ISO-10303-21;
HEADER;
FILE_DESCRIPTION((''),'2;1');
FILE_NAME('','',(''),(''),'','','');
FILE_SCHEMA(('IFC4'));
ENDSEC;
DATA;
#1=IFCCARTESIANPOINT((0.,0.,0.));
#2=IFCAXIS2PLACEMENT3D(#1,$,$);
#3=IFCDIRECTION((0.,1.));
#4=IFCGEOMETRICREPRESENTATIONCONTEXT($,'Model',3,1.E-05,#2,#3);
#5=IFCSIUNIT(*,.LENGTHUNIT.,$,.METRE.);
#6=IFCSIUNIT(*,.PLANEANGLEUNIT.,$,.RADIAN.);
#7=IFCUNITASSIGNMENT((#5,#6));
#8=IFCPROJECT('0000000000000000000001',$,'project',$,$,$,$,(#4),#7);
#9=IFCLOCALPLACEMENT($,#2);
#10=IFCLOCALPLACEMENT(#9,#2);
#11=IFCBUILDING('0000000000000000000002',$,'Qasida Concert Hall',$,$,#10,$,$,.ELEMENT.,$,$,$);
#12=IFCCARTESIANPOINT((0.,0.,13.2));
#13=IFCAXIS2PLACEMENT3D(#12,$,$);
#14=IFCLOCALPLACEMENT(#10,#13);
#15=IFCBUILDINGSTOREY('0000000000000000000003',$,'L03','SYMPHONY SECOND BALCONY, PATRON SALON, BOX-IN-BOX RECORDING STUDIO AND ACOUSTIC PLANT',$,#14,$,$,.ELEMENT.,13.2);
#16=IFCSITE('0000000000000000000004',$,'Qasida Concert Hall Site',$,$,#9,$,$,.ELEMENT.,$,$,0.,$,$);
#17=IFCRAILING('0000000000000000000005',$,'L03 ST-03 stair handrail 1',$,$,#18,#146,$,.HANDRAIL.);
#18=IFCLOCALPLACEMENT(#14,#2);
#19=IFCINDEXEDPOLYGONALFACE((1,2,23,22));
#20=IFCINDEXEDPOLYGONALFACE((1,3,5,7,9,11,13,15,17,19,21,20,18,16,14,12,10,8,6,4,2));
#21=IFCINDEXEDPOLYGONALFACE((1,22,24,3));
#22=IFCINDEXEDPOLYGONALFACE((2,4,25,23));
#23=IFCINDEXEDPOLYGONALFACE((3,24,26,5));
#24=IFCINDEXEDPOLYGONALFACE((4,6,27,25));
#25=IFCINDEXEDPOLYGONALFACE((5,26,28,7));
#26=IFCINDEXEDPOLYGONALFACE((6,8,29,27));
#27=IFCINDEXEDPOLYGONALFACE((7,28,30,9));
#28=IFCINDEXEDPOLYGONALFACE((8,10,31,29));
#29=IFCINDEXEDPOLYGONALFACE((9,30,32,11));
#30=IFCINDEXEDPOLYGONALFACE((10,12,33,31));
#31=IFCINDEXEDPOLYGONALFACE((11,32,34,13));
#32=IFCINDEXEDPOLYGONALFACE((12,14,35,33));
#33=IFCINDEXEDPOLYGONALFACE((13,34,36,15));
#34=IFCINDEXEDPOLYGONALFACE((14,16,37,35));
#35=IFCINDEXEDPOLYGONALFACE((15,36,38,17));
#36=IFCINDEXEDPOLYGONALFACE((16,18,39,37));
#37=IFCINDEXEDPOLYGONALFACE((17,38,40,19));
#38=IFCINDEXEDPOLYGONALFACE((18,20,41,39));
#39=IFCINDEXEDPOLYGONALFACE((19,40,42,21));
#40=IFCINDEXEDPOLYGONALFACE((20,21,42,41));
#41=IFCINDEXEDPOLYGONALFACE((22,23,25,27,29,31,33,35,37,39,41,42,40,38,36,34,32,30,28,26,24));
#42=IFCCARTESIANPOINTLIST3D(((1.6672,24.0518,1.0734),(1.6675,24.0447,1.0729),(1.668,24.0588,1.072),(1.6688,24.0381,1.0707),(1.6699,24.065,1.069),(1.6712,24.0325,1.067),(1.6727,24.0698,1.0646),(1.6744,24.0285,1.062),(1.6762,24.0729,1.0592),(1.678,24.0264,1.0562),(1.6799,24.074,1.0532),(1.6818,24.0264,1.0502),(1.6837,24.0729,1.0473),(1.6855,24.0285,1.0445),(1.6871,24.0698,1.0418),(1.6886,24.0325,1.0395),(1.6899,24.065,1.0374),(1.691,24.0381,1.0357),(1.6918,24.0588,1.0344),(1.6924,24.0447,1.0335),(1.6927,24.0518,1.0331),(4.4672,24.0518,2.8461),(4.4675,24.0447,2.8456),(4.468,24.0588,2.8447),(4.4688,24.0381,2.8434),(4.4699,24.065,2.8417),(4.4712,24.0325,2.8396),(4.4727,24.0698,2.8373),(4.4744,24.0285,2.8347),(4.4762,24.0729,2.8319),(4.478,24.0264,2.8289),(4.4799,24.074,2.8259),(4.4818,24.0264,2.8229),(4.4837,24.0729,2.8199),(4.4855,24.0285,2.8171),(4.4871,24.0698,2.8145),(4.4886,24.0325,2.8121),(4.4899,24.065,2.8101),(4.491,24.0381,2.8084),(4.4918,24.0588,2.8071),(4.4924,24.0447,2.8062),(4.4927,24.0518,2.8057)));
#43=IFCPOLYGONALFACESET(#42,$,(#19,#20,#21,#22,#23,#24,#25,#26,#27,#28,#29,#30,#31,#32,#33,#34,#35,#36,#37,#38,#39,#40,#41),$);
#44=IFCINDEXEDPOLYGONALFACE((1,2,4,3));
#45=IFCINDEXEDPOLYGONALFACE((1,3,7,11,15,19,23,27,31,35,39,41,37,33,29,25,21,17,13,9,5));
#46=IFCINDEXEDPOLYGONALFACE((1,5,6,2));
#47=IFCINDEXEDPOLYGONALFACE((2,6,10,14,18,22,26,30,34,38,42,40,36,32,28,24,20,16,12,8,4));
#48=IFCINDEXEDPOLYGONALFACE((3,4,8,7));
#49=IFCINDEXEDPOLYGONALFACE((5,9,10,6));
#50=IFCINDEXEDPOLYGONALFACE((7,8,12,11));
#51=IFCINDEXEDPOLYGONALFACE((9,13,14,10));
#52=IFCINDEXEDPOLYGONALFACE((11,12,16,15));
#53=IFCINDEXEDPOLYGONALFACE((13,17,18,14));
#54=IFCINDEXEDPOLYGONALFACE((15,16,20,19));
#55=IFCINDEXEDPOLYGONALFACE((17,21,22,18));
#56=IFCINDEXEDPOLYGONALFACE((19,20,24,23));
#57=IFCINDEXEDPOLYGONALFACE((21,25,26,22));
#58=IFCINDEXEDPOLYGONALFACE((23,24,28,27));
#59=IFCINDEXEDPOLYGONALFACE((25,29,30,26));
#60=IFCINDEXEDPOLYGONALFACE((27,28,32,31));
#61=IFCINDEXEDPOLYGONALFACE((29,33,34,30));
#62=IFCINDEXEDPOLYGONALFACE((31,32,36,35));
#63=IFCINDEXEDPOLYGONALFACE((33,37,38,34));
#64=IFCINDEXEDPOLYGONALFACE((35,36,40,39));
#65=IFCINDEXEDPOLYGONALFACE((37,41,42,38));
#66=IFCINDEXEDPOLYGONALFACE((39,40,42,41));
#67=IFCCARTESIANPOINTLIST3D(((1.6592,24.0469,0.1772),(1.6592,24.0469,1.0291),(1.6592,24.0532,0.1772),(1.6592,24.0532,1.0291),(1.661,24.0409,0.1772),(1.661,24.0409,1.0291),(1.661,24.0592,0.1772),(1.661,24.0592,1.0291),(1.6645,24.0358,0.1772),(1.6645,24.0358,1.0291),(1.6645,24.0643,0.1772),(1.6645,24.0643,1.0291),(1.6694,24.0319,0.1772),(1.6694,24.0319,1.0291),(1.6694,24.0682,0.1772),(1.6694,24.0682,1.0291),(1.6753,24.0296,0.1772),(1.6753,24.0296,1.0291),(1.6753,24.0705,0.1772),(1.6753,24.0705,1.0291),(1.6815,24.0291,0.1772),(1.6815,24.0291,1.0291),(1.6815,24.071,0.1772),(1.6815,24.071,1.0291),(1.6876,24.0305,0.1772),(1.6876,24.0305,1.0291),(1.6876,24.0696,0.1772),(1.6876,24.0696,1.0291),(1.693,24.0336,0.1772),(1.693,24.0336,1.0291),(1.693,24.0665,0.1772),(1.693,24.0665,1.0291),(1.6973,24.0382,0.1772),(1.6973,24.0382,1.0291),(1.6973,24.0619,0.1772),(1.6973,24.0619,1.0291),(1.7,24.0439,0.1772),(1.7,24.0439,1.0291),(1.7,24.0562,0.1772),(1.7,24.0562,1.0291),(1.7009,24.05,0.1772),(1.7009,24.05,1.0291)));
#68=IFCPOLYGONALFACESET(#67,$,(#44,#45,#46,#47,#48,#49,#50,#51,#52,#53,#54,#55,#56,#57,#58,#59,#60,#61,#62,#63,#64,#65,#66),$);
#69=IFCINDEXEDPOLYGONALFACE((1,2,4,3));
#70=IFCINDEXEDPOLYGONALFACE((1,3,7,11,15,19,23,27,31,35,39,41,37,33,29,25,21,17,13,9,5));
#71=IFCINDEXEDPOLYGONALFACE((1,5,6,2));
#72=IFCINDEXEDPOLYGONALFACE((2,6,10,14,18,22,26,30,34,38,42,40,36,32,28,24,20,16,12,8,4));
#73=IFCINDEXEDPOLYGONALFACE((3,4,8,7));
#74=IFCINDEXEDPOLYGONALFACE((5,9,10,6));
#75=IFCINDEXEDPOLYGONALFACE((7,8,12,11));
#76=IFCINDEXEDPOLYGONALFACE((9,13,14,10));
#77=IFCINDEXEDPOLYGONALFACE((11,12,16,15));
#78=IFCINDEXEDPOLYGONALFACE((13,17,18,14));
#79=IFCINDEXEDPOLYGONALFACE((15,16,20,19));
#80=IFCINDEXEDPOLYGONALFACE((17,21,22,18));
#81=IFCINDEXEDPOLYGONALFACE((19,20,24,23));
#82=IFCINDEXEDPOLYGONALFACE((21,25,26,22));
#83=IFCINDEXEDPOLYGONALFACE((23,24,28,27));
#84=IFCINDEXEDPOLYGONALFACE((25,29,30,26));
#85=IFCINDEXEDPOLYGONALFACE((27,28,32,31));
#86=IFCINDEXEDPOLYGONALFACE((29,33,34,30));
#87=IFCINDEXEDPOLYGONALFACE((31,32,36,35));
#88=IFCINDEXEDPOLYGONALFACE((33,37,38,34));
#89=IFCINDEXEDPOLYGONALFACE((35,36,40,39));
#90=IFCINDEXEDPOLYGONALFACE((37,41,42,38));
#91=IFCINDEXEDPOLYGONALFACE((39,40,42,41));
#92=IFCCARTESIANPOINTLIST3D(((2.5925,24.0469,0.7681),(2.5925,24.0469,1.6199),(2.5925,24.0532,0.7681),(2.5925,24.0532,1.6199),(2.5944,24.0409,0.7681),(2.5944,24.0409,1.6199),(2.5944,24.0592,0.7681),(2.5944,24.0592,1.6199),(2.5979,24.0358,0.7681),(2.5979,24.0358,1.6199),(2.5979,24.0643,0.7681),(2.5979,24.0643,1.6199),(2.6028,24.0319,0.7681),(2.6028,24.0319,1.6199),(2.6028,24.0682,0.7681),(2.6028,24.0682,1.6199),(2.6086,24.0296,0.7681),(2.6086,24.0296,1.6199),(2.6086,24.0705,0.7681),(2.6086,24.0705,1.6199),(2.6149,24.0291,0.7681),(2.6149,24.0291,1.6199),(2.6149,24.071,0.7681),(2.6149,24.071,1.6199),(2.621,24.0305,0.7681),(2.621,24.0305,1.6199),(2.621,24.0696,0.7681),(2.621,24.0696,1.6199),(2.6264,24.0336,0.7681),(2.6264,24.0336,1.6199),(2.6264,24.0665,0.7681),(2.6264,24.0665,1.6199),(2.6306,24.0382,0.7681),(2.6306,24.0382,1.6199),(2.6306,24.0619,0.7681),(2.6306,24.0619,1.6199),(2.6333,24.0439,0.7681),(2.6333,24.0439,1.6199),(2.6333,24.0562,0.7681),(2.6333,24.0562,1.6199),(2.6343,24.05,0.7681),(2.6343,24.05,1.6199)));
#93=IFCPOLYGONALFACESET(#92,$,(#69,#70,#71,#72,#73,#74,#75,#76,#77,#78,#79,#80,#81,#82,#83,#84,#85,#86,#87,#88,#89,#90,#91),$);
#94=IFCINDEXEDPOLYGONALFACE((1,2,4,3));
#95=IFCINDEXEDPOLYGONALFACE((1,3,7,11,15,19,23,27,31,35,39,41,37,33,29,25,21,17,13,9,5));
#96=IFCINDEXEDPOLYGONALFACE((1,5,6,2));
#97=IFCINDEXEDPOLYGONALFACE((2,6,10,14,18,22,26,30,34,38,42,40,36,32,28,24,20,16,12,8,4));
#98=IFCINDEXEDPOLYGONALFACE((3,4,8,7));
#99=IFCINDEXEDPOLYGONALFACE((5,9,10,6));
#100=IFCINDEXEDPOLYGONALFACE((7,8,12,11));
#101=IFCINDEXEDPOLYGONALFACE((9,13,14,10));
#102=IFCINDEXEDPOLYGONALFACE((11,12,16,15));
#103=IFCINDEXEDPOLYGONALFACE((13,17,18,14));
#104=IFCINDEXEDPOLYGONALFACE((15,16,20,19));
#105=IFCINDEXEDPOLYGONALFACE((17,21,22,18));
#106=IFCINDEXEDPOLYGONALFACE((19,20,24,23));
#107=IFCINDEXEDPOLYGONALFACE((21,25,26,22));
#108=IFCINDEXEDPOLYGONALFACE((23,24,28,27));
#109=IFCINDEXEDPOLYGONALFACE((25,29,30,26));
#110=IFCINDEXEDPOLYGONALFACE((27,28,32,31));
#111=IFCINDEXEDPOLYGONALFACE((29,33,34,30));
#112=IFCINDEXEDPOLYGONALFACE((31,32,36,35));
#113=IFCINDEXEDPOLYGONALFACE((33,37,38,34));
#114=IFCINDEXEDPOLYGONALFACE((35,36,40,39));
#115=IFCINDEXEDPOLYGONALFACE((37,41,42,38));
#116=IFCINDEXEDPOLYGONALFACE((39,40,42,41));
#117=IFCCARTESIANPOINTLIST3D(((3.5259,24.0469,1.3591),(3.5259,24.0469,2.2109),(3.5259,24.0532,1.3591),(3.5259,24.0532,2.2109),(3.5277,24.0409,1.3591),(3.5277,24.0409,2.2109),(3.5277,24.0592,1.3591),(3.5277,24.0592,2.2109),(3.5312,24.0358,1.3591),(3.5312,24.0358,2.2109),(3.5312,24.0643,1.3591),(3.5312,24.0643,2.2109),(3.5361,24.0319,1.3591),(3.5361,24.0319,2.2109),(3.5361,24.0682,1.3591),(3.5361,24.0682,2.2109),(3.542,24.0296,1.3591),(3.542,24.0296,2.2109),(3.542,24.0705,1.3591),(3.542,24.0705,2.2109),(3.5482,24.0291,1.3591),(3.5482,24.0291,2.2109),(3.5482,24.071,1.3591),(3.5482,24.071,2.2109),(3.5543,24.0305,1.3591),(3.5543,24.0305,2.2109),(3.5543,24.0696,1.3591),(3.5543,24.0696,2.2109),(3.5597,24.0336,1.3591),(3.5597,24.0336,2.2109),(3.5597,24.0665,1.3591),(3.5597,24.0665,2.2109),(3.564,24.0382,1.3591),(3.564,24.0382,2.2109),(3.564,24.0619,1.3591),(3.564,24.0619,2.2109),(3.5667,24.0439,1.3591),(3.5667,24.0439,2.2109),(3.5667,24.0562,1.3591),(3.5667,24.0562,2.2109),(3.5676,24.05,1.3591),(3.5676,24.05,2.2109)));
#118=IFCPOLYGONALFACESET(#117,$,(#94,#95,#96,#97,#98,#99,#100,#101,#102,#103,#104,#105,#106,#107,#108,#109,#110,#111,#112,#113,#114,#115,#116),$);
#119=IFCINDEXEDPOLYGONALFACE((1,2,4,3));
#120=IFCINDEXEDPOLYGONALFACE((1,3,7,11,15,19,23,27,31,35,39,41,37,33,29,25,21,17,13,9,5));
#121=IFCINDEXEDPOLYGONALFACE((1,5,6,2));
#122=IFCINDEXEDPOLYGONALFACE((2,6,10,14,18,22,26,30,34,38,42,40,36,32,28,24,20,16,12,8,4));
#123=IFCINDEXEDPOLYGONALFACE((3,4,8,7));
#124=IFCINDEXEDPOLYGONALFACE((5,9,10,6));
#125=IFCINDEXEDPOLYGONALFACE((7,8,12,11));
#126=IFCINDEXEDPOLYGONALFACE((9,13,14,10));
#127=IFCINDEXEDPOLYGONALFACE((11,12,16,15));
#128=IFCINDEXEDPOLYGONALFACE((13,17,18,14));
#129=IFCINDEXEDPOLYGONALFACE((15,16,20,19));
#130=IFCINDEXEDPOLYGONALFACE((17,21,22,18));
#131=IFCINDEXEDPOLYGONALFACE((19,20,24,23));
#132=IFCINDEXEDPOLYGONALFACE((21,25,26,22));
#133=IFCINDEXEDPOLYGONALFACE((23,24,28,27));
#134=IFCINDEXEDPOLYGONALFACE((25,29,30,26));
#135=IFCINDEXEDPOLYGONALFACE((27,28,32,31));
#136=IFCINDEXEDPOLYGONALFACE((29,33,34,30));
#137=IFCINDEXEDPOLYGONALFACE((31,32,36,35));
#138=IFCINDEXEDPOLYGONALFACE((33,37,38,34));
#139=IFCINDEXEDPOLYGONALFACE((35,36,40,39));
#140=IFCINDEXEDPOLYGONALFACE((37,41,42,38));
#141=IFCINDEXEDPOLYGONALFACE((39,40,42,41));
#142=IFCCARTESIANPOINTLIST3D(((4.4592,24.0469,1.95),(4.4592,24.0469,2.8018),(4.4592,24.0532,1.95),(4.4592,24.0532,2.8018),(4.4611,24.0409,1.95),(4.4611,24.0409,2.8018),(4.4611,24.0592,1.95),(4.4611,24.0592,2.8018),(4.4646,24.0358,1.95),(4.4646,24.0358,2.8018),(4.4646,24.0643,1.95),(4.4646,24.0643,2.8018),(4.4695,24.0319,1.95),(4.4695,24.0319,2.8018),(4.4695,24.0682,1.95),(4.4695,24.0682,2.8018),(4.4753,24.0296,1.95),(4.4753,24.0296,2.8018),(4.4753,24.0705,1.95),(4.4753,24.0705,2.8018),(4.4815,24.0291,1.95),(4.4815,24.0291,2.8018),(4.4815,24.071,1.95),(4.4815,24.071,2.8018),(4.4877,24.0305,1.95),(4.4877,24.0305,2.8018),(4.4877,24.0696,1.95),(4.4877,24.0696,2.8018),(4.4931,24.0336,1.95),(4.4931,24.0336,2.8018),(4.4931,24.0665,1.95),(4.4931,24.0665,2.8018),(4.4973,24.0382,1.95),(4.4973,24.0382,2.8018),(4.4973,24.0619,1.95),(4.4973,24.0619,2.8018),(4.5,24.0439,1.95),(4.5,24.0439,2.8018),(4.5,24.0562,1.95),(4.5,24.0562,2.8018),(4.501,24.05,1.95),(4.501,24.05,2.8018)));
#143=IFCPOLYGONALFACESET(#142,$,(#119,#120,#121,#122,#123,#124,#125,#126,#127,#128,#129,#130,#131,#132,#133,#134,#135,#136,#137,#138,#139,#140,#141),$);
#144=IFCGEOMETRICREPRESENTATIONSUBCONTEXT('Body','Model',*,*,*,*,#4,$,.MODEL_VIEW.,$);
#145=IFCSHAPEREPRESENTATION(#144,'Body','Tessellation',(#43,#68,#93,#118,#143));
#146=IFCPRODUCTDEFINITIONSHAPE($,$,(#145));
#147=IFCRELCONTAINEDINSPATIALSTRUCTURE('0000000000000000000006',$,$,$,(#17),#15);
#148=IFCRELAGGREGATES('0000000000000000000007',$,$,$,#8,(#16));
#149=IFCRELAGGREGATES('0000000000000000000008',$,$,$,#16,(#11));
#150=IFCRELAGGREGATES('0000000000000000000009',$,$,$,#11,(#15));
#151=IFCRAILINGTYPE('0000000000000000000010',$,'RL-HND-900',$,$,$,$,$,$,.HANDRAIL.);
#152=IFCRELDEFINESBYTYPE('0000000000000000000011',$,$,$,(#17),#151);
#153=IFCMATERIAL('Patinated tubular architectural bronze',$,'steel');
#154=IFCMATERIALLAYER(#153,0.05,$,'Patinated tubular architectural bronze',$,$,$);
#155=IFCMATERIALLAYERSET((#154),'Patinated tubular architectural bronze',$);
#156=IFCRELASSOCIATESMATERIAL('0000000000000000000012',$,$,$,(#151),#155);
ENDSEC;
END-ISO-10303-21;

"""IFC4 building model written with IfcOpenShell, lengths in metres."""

from ifc_helpers import new_model, si_unit, direction, frame, origin, origin_2d, place, context, subcontext, project, spatial, circle, extrude, material, layer, layer_set, type_object, element, save


model = new_model("IFC4")

# Units and contexts
model_context = context("Model", 3, precision=1e-05, world=origin(), true_north=direction((0.0, 1.0)))
body_context = subcontext(model_context, "Body", "Model", "MODEL_VIEW")
ifc_project = project(units=[si_unit("LENGTHUNIT", "METRE"), si_unit("PLANEANGLEUNIT", "RADIAN")], contexts=[model_context])

# Site, building, storey
site_placement = place(None, origin())
site = spatial("IfcSite", under=ifc_project, at=site_placement, Name="Qasida Concert Hall Site", CompositionType="ELEMENT", RefElevation=0.0)
building_placement = place(site_placement, origin())
building = spatial("IfcBuilding", under=site, at=building_placement, Name="Qasida Concert Hall", CompositionType="ELEMENT")
storey_placement = place(building_placement, frame((0.0, 0.0, 13.2)))
storey = spatial("IfcBuildingStorey", under=building, at=storey_placement, Name="L03", Description="SYMPHONY SECOND BALCONY, PATRON SALON, BOX-IN-BOX RECORDING STUDIO AND ACOUSTIC PLANT", CompositionType="ELEMENT", Elevation=13.2)

# Railing
ifc_material_1 = material(Name="Patinated tubular architectural bronze", Category="steel")
ifc_layer_1 = layer(ifc_material_1, 0.05, Name="Patinated tubular architectural bronze")
ifc_layer_set_1 = layer_set([ifc_layer_1], Name="Patinated tubular architectural bronze")
railing_type_1 = type_object("IfcRailingType", Name="RL-HND-900", PredefinedType="HANDRAIL", material=ifc_layer_set_1)
railing_1_placement = place(storey_placement, frame((1.6799, 24.05, 0.1772)))
element("IfcRailing", 1, at=railing_1_placement, inside=storey, type_object=railing_type_1, Name="L03 ST-03 stair handrail 1", PredefinedType="HANDRAIL", context=body_context, shape_type="SweptSolid", body=[
    extrude(circle(Radius=0.0239, at=origin_2d()), frame((0.0, 0.0, 0.876), z_axis=(0.844909, 0.0, 0.53491), x_axis=(0.0, 1.0, 0.0)), (0.0, 0.0, 1.0), 3.314),
    extrude(circle(Radius=0.021, at=origin_2d()), origin(), (0.0, 0.0, 1.0), 0.8518),
    extrude(circle(Radius=0.021, at=origin_2d()), frame((0.9333, 0.0, 0.5908)), (0.0, 0.0, 1.0), 0.8518),
    extrude(circle(Radius=0.021, at=origin_2d()), frame((1.8667, 0.0, 1.1819)), (0.0, 0.0, 1.0), 0.8518),
    extrude(circle(Radius=0.021, at=origin_2d()), frame((2.8, 0.0, 1.7727)), (0.0, 0.0, 1.0), 0.8518),
])

save(model, "model.ifc")
